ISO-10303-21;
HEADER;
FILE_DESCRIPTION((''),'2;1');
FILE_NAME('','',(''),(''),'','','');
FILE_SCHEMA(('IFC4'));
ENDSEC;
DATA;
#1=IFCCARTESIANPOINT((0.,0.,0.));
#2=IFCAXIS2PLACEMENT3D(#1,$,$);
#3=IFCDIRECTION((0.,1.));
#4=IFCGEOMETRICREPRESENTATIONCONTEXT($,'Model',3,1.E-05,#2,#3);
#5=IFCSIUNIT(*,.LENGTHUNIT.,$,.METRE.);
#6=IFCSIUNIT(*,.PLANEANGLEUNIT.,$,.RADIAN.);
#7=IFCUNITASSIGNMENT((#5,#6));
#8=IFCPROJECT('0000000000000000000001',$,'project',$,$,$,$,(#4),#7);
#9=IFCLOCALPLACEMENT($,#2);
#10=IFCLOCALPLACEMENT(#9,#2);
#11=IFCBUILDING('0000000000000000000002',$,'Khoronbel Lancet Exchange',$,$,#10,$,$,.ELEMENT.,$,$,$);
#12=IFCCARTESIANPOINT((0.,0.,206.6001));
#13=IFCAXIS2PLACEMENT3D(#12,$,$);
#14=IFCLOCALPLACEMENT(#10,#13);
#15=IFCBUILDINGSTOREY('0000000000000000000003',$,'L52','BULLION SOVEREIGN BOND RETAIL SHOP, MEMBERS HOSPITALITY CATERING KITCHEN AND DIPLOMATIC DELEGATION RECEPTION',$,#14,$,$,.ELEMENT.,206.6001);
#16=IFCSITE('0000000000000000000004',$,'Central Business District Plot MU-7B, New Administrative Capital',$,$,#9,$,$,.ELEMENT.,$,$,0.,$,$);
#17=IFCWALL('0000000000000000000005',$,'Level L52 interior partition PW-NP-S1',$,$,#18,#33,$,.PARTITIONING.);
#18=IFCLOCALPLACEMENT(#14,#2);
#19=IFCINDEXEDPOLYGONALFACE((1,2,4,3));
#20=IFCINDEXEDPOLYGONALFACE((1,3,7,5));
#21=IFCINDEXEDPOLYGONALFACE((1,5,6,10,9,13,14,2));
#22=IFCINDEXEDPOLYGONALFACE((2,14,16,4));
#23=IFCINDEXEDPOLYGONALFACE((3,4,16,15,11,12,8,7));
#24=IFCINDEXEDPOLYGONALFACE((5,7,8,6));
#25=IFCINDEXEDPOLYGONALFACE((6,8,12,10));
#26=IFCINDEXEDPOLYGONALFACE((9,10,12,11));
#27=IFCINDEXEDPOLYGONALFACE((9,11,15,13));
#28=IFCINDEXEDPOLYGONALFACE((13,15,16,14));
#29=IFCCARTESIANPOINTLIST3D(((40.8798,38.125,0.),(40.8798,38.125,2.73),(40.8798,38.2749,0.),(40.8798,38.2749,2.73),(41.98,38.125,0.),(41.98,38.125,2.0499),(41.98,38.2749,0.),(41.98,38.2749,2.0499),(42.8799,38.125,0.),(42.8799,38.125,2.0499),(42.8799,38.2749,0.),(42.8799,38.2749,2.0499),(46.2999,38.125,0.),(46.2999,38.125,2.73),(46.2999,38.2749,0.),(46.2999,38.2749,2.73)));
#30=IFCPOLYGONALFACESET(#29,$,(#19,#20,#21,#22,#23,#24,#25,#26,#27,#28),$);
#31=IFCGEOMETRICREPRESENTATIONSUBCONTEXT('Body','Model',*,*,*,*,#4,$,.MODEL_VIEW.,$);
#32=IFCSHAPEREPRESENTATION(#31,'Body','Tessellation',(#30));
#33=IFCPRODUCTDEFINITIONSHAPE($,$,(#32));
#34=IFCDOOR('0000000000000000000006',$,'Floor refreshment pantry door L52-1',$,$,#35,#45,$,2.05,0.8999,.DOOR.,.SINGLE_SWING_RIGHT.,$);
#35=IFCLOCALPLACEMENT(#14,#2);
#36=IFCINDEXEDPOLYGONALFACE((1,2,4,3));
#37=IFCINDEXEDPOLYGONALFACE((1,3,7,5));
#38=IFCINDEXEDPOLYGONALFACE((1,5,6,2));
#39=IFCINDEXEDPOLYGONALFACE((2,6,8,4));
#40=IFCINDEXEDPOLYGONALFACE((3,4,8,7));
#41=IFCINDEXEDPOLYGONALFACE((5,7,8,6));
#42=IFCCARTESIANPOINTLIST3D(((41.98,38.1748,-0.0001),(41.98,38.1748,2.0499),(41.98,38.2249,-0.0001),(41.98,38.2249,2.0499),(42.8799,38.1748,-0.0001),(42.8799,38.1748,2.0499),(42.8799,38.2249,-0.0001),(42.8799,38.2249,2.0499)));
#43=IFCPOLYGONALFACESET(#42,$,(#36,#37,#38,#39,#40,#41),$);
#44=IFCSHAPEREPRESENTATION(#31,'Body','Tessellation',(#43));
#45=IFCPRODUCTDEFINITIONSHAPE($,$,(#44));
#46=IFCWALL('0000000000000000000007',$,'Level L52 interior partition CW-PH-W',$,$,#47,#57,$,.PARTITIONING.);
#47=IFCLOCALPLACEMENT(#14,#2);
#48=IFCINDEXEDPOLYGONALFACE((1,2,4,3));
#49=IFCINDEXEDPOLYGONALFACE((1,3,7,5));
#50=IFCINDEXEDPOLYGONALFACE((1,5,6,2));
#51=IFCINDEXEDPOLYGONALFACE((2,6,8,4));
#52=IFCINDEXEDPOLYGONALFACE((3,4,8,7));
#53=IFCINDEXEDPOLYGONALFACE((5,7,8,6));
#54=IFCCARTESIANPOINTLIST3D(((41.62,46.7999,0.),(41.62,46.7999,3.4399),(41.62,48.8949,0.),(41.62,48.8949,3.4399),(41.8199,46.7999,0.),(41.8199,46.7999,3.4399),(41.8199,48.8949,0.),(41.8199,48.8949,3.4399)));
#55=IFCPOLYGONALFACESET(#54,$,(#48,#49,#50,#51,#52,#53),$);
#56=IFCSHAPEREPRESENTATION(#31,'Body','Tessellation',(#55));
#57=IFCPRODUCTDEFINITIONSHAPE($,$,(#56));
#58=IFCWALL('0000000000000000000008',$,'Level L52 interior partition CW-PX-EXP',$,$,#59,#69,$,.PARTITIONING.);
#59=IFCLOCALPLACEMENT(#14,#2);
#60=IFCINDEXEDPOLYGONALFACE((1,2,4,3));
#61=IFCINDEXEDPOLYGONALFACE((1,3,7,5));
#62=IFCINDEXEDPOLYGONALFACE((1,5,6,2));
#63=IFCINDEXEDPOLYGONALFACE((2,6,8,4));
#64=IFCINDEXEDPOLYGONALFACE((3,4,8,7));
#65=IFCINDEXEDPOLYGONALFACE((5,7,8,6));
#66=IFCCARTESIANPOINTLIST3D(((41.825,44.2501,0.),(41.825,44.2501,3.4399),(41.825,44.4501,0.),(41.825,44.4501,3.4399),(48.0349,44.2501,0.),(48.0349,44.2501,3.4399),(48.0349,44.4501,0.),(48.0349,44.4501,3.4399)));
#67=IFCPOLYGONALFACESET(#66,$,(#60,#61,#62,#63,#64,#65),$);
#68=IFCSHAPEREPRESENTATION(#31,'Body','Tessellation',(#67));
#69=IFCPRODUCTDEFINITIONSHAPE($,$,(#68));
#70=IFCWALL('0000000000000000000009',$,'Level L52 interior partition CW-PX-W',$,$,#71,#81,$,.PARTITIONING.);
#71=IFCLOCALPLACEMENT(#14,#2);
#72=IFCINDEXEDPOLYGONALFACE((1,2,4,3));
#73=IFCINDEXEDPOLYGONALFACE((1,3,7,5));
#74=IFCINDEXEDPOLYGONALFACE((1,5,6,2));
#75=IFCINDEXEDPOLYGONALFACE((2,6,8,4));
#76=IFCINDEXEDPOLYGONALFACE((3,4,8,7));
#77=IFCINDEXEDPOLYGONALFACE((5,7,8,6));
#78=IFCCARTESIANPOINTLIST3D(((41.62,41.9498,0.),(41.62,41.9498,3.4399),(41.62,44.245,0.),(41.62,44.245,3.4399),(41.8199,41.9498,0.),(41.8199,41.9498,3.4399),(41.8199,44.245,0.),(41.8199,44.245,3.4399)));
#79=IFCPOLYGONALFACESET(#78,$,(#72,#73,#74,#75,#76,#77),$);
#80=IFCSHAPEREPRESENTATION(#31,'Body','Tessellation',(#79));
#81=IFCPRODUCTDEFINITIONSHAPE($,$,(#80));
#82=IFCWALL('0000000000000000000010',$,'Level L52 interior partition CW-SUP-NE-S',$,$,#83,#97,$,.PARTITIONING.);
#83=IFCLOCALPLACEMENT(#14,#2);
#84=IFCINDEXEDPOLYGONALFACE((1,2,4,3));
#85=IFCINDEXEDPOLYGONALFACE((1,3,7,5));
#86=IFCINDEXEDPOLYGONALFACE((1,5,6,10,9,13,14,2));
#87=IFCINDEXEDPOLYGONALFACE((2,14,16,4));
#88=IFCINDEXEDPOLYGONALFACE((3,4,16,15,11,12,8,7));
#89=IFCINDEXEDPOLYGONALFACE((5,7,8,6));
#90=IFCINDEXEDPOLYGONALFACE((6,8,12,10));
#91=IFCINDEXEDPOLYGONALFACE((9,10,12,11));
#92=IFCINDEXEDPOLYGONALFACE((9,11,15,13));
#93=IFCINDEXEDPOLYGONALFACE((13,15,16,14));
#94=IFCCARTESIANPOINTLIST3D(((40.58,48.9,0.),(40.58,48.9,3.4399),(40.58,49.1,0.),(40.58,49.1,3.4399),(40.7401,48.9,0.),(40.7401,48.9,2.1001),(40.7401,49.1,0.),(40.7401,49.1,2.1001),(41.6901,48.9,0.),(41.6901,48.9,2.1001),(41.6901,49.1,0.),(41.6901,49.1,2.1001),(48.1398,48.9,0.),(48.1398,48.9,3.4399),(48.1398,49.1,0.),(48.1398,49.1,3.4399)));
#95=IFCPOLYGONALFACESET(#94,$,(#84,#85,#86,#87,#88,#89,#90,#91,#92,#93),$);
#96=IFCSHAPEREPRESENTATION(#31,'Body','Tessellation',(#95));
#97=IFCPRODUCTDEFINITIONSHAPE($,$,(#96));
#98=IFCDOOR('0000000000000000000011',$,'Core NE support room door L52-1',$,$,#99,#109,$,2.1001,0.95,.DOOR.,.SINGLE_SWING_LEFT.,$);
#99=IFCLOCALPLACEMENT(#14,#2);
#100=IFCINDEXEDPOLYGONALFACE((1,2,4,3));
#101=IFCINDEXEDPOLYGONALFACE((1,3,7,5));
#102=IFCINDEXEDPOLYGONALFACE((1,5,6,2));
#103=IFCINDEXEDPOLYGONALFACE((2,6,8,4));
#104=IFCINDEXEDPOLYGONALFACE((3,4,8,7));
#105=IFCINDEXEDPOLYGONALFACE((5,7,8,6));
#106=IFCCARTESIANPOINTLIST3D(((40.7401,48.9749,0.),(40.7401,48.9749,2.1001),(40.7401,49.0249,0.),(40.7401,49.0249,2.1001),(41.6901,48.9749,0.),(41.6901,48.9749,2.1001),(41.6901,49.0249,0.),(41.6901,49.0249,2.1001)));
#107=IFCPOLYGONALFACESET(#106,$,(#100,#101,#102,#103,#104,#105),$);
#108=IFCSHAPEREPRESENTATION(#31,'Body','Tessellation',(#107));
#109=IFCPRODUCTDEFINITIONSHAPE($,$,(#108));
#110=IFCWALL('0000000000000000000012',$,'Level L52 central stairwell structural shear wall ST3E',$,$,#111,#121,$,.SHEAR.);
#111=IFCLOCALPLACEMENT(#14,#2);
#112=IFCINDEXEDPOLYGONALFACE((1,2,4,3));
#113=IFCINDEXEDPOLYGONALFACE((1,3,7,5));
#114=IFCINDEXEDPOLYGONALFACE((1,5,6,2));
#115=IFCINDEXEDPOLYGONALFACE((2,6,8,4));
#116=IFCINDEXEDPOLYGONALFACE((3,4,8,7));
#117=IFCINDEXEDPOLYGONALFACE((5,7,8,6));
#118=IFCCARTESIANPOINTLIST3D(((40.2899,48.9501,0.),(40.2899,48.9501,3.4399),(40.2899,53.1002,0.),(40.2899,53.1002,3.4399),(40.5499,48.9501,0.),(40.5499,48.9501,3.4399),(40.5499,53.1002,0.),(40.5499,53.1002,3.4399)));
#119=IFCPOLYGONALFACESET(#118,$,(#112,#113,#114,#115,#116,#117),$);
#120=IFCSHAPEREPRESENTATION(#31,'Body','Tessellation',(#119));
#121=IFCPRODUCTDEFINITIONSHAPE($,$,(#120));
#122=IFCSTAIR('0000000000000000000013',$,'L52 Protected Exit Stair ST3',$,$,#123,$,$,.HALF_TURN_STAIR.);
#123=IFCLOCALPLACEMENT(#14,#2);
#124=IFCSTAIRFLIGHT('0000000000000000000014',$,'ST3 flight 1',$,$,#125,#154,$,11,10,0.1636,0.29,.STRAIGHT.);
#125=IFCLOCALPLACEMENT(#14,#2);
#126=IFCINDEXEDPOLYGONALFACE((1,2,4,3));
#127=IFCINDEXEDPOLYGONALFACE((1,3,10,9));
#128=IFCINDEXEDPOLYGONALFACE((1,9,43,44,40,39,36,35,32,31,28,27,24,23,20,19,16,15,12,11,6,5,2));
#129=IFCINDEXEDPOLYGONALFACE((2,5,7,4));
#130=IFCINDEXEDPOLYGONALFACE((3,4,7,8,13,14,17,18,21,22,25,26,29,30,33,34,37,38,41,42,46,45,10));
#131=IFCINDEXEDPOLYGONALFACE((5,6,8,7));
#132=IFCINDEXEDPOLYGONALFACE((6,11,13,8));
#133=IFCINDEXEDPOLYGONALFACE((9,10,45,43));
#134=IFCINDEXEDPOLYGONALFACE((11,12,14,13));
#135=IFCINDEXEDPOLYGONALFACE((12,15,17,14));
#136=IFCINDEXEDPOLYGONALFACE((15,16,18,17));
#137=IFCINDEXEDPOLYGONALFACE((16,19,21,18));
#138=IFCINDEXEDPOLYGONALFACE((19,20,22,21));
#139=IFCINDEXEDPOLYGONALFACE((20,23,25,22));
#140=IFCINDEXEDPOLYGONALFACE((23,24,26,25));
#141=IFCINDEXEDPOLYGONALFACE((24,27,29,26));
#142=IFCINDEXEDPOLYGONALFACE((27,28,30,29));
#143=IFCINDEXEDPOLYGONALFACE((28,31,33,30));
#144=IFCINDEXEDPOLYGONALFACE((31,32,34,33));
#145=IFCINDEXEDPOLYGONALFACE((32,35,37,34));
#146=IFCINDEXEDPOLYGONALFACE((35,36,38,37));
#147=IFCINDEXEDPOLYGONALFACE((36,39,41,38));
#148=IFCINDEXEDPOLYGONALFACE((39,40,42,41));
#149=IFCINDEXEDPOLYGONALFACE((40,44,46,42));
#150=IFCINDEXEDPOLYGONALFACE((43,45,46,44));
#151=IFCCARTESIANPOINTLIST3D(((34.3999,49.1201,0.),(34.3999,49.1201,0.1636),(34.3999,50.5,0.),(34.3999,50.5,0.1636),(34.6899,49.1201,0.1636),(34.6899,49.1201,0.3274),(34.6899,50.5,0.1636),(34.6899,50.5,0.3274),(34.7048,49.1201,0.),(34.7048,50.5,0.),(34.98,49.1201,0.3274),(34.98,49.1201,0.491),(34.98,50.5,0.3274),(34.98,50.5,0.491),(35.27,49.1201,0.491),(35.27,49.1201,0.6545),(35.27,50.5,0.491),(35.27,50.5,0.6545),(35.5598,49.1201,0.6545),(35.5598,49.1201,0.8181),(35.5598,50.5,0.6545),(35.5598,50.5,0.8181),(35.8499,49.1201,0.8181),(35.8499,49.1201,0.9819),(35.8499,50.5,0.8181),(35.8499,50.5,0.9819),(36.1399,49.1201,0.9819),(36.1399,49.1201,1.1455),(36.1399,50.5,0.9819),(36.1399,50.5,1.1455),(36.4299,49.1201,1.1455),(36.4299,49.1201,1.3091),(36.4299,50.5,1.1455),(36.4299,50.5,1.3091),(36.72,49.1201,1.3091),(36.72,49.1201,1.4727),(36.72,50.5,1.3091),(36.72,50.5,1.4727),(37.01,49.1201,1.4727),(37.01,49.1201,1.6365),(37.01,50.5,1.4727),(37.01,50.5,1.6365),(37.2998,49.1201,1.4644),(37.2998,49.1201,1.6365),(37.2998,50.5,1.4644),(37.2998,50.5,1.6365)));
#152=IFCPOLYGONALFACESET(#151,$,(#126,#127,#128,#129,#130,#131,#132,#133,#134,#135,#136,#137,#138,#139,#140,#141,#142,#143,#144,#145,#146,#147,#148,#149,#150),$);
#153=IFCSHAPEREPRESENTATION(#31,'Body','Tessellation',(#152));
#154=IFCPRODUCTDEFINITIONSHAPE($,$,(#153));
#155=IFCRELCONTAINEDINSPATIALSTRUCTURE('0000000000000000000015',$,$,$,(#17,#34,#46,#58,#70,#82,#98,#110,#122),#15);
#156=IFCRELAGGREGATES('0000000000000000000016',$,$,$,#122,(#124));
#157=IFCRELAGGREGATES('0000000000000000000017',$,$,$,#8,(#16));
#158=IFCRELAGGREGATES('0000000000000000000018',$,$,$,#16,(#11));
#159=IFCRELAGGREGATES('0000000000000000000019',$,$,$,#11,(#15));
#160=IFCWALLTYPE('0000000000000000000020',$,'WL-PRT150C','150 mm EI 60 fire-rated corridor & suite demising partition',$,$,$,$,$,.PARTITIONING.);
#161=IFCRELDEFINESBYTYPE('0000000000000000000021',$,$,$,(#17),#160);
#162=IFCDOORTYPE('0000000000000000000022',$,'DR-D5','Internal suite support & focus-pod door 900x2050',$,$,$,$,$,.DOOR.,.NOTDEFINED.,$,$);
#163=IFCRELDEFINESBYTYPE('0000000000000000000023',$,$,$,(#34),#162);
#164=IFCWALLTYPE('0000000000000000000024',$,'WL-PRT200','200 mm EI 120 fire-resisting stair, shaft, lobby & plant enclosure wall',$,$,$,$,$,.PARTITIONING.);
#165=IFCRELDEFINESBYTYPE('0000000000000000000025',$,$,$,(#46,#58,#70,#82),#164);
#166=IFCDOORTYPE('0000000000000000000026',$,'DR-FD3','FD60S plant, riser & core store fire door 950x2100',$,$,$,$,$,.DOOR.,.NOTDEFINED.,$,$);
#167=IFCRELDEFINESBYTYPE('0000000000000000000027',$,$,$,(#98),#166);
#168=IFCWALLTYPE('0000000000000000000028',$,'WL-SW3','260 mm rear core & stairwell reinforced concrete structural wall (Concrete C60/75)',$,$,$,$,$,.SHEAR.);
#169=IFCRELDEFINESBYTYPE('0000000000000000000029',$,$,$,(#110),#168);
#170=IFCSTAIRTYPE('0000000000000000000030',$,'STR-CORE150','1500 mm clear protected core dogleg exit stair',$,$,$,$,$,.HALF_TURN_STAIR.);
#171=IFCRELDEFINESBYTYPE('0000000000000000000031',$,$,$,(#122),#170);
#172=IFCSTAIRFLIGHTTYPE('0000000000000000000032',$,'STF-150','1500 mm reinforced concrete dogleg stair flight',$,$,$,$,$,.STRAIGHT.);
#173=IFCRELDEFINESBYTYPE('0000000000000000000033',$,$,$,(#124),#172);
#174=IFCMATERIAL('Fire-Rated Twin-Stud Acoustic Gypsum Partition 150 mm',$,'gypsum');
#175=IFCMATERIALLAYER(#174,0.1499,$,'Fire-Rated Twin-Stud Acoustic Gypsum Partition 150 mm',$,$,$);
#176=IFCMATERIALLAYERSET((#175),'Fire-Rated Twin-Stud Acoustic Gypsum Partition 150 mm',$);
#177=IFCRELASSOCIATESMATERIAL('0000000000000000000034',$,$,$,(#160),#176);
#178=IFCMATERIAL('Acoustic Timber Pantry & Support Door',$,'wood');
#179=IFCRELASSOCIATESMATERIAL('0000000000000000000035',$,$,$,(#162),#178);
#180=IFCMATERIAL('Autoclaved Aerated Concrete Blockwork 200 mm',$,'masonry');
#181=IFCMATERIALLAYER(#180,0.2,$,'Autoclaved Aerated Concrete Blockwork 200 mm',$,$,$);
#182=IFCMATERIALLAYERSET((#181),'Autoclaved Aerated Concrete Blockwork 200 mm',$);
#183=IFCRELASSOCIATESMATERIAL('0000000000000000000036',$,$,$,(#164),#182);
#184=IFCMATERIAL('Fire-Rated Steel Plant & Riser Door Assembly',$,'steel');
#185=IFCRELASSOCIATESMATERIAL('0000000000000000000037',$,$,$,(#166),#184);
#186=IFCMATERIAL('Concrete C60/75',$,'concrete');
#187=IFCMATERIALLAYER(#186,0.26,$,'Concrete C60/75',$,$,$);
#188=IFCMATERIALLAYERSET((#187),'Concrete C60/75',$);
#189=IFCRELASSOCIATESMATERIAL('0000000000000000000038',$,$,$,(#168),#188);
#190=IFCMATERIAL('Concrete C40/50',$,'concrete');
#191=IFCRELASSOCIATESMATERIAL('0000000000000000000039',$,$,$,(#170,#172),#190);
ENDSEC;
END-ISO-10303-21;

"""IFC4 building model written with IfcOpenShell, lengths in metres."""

from ifc_helpers import new_model, si_unit, direction, frame, frame_2d, origin, place, context, subcontext, project, spatial, polyline, rectangle, outline, extrude, material, layer, layer_set, type_object, element, fill, aggregate, save


model = new_model("IFC4")

# Units and contexts
model_context = context("Model", 3, precision=1e-05, world=origin(), true_north=direction((0.0, 1.0)))
body_context = subcontext(model_context, "Body", "Model", "MODEL_VIEW")
ifc_project = project(units=[si_unit("LENGTHUNIT", "METRE"), si_unit("PLANEANGLEUNIT", "RADIAN")], contexts=[model_context])

# Site, building, storey
site_placement = place(None, origin())
site = spatial("IfcSite", under=ifc_project, at=site_placement, Name="Central Business District Plot MU-7B, New Administrative Capital", CompositionType="ELEMENT", RefElevation=0.0)
building_placement = place(site_placement, origin())
building = spatial("IfcBuilding", under=site, at=building_placement, Name="Khoronbel Lancet Exchange", CompositionType="ELEMENT")
storey_placement = place(building_placement, frame((0.0, 0.0, 206.6001)))
storey = spatial("IfcBuildingStorey", under=building, at=storey_placement, Name="L52", Description="BULLION SOVEREIGN BOND RETAIL SHOP, MEMBERS HOSPITALITY CATERING KITCHEN AND DIPLOMATIC DELEGATION RECEPTION", CompositionType="ELEMENT", Elevation=206.6001)

# Shared definitions
ifc_material_1 = material(Name="Concrete C60/75", Category="concrete")

# Wall, opening, door
ifc_material_2 = material(Name="Fire-Rated Twin-Stud Acoustic Gypsum Partition 150 mm", Category="gypsum")
ifc_layer_1 = layer(ifc_material_2, 0.1499, Name="Fire-Rated Twin-Stud Acoustic Gypsum Partition 150 mm")
ifc_layer_set_1 = layer_set([ifc_layer_1], Name="Fire-Rated Twin-Stud Acoustic Gypsum Partition 150 mm")
wall_type_1 = type_object("IfcWallType", Name="WL-PRT150C", Description="150 mm EI 60 fire-rated corridor & suite demising partition", PredefinedType="PARTITIONING", material=ifc_layer_set_1)
wall_1_placement = place(storey_placement, frame((40.8799, 38.2, 0.0), z_axis=(0.0, 0.0, 1.0), x_axis=(1.0, 0.0, 0.0)))
wall_1 = element("IfcWall", 1, at=wall_1_placement, inside=storey, type_object=wall_type_1, Name="Level L52 interior partition PW-NP-S1", PredefinedType="PARTITIONING", context=body_context, shape_type="SweptSolid", body=[
    extrude(rectangle(XDim=5.4202, YDim=0.1499, at=frame_2d((2.71, 0.0))), origin(), (0.0, 0.0, 1.0), 2.73),
])
opening_1_placement = place(wall_1_placement, frame((1.1001, 0.0, 0.0)))
opening_1 = element("IfcOpeningElement", 2, at=opening_1_placement, cuts=wall_1, PredefinedType="OPENING", context=body_context, shape_type="SweptSolid", body=[
    extrude(rectangle(XDim=0.8999, YDim=2.05, at=frame_2d((0.45, 1.0249))), frame((0.0, 0.085, 0.0), z_axis=(0.0, -1.0, 0.0), x_axis=(1.0, 0.0, 0.0)), (0.0, 0.0, 1.0), 0.1699),
])
ifc_material_3 = material(Name="Acoustic Timber Pantry & Support Door", Category="wood")
door_type_1 = type_object("IfcDoorType", Name="DR-D5", Description="Internal suite support & focus-pod door 900x2050", OperationType="NOTDEFINED", PredefinedType="DOOR", material=ifc_material_3)
door_1_placement = place(opening_1_placement, origin())
door_1 = element("IfcDoor", 3, at=door_1_placement, inside=storey, type_object=door_type_1, Name="Floor refreshment pantry door L52-1", OperationType="SINGLE_SWING_RIGHT", OverallHeight=2.05, OverallWidth=0.8999, PredefinedType="DOOR", context=body_context, shape_type="SweptSolid", body=[
    extrude(rectangle(XDim=0.8999, YDim=2.05, at=frame_2d((0.45, 1.0249))), frame((0.0, 0.0249, 0.0), z_axis=(0.0, -1.0, 0.0), x_axis=(1.0, 0.0, 0.0)), (0.0, 0.0, 1.0), 0.05),
])
fill(opening_1, door_1)

# Walls
ifc_material_4 = material(Name="Autoclaved Aerated Concrete Blockwork 200 mm", Category="masonry")
ifc_layer_2 = layer(ifc_material_4, 0.2, Name="Autoclaved Aerated Concrete Blockwork 200 mm")
ifc_layer_set_2 = layer_set([ifc_layer_2], Name="Autoclaved Aerated Concrete Blockwork 200 mm")
wall_type_2 = type_object("IfcWallType", Name="WL-PRT200", Description="200 mm EI 120 fire-resisting stair, shaft, lobby & plant enclosure wall", PredefinedType="PARTITIONING", material=ifc_layer_set_2)
wall_2_placement = place(storey_placement, frame((41.72, 46.8, 0.0), z_axis=(0.0, 0.0, 1.0), x_axis=(0.0, 1.0, 0.0)))
element("IfcWall", 4, at=wall_2_placement, inside=storey, type_object=wall_type_2, Name="Level L52 interior partition CW-PH-W", PredefinedType="PARTITIONING", context=body_context, shape_type="SweptSolid", body=[
    extrude(rectangle(XDim=2.095, YDim=0.2, at=frame_2d((1.0474, 0.0))), origin(), (0.0, 0.0, 1.0), 3.4399),
])
wall_3_placement = place(storey_placement, frame((41.825, 44.3501, 0.0), z_axis=(0.0, 0.0, 1.0), x_axis=(1.0, 0.0, 0.0)))
element("IfcWall", 5, at=wall_3_placement, inside=storey, type_object=wall_type_2, Name="Level L52 interior partition CW-PX-EXP", PredefinedType="PARTITIONING", context=body_context, shape_type="SweptSolid", body=[
    extrude(rectangle(XDim=6.21, YDim=0.2, at=frame_2d((3.105, 0.0))), origin(), (0.0, 0.0, 1.0), 3.4399),
])
wall_4_placement = place(storey_placement, frame((41.72, 41.95, 0.0), z_axis=(0.0, 0.0, 1.0), x_axis=(0.0, 1.0, 0.0)))
element("IfcWall", 6, at=wall_4_placement, inside=storey, type_object=wall_type_2, Name="Level L52 interior partition CW-PX-W", PredefinedType="PARTITIONING", context=body_context, shape_type="SweptSolid", body=[
    extrude(rectangle(XDim=2.2952, YDim=0.2, at=frame_2d((1.1475, 0.0))), origin(), (0.0, 0.0, 1.0), 3.4399),
])

# Wall, opening, door
wall_5_placement = place(storey_placement, frame((40.5801, 49.0, 0.0), z_axis=(0.0, 0.0, 1.0), x_axis=(1.0, 0.0, 0.0)))
wall_5 = element("IfcWall", 7, at=wall_5_placement, inside=storey, type_object=wall_type_2, Name="Level L52 interior partition CW-SUP-NE-S", PredefinedType="PARTITIONING", context=body_context, shape_type="SweptSolid", body=[
    extrude(rectangle(XDim=7.5598, YDim=0.2, at=frame_2d((3.7798, 0.0))), origin(), (0.0, 0.0, 1.0), 3.4399),
])
opening_2_placement = place(wall_5_placement, frame((0.1599, 0.0, 0.0)))
opening_2 = element("IfcOpeningElement", 8, at=opening_2_placement, cuts=wall_5, PredefinedType="OPENING", context=body_context, shape_type="SweptSolid", body=[
    extrude(rectangle(XDim=0.95, YDim=2.1001, at=frame_2d((0.4751, 1.05))), frame((0.0, 0.1099, 0.0), z_axis=(0.0, -1.0, 0.0), x_axis=(1.0, 0.0, 0.0)), (0.0, 0.0, 1.0), 0.22),
])
ifc_material_5 = material(Name="Fire-Rated Steel Plant & Riser Door Assembly", Category="steel")
door_type_2 = type_object("IfcDoorType", Name="DR-FD3", Description="FD60S plant, riser & core store fire door 950x2100", OperationType="NOTDEFINED", PredefinedType="DOOR", material=ifc_material_5)
door_2_placement = place(opening_2_placement, origin())
door_2 = element("IfcDoor", 9, at=door_2_placement, inside=storey, type_object=door_type_2, Name="Core NE support room door L52-1", OperationType="SINGLE_SWING_LEFT", OverallHeight=2.1001, OverallWidth=0.95, PredefinedType="DOOR", context=body_context, shape_type="SweptSolid", body=[
    extrude(rectangle(XDim=0.95, YDim=2.1001, at=frame_2d((0.4751, 1.05))), frame((0.0, 0.0249, 0.0), z_axis=(0.0, -1.0, 0.0), x_axis=(1.0, 0.0, 0.0)), (0.0, 0.0, 1.0), 0.05),
])
fill(opening_2, door_2)

# Wall
ifc_layer_3 = layer(ifc_material_1, 0.26, Name="Concrete C60/75")
ifc_layer_set_3 = layer_set([ifc_layer_3], Name="Concrete C60/75")
wall_type_3 = type_object("IfcWallType", Name="WL-SW3", Description="260 mm rear core & stairwell reinforced concrete structural wall (Concrete C60/75)", PredefinedType="SHEAR", material=ifc_layer_set_3)
wall_6_placement = place(storey_placement, frame((40.4199, 48.95, 0.0), z_axis=(0.0, 0.0, 1.0), x_axis=(0.0, 1.0, 0.0)))
element("IfcWall", 10, at=wall_6_placement, inside=storey, type_object=wall_type_3, Name="Level L52 central stairwell structural shear wall ST3E", PredefinedType="SHEAR", context=body_context, shape_type="SweptSolid", body=[
    extrude(rectangle(XDim=4.1501, YDim=0.26, at=frame_2d((2.0752, 0.0))), origin(), (0.0, 0.0, 1.0), 3.4399),
])

# Stair, stair flight
ifc_material_6 = material(Name="Concrete C40/50", Category="concrete")
stair_type = type_object("IfcStairType", Name="STR-CORE150", Description="1500 mm clear protected core dogleg exit stair", PredefinedType="HALF_TURN_STAIR", material=ifc_material_6)
stair_placement = place(storey_placement, origin())
stair = element("IfcStair", 11, at=stair_placement, inside=storey, type_object=stair_type, Name="L52 Protected Exit Stair ST3", PredefinedType="HALF_TURN_STAIR")
stair_flight_type = type_object("IfcStairFlightType", Name="STF-150", Description="1500 mm reinforced concrete dogleg stair flight", PredefinedType="STRAIGHT", material=ifc_material_6)
stair_flight_1_placement = place(storey_placement, frame((34.3999, 49.8101, 0.0), z_axis=(0.0, 0.0, 1.0), x_axis=(1.0, 0.0, 0.0)))
stair_flight_1 = element("IfcStairFlight", 12, at=stair_flight_1_placement, type_object=stair_flight_type, Name="ST3 flight 1", NumberOfRisers=11, NumberOfTreads=10, PredefinedType="STRAIGHT", RiserHeight=0.1636, TreadLength=0.29, context=body_context, shape_type="SweptSolid", body=[
    extrude(outline(polyline([(0.0, 0.0), (0.0, 0.1636), (0.29, 0.1636), (0.29, 0.3274), (0.5801, 0.3274), (0.5801, 0.491), (0.8701, 0.491), (0.8701, 0.6545), (1.1599, 0.6545), (1.1599, 0.8181), (1.45, 0.8181), (1.45, 0.9819), (1.74, 0.9819), (1.74, 1.1455), (2.03, 1.1455), (2.03, 1.3091), (2.3201, 1.3091), (2.3201, 1.4727), (2.6101, 1.4727), (2.6101, 1.6365), (2.8999, 1.6365), (2.8999, 1.8), (2.8999, 1.4644), (0.3049, 0.0), (0.0, 0.0)])), frame((0.0, 0.6899, 0.0), z_axis=(0.0, -1.0, 0.0), x_axis=(1.0, 0.0, 0.0)), (0.0, 0.0, 1.0), 1.3799),
])
aggregate(stair, [stair_flight_1])

save(model, "model.ifc")
